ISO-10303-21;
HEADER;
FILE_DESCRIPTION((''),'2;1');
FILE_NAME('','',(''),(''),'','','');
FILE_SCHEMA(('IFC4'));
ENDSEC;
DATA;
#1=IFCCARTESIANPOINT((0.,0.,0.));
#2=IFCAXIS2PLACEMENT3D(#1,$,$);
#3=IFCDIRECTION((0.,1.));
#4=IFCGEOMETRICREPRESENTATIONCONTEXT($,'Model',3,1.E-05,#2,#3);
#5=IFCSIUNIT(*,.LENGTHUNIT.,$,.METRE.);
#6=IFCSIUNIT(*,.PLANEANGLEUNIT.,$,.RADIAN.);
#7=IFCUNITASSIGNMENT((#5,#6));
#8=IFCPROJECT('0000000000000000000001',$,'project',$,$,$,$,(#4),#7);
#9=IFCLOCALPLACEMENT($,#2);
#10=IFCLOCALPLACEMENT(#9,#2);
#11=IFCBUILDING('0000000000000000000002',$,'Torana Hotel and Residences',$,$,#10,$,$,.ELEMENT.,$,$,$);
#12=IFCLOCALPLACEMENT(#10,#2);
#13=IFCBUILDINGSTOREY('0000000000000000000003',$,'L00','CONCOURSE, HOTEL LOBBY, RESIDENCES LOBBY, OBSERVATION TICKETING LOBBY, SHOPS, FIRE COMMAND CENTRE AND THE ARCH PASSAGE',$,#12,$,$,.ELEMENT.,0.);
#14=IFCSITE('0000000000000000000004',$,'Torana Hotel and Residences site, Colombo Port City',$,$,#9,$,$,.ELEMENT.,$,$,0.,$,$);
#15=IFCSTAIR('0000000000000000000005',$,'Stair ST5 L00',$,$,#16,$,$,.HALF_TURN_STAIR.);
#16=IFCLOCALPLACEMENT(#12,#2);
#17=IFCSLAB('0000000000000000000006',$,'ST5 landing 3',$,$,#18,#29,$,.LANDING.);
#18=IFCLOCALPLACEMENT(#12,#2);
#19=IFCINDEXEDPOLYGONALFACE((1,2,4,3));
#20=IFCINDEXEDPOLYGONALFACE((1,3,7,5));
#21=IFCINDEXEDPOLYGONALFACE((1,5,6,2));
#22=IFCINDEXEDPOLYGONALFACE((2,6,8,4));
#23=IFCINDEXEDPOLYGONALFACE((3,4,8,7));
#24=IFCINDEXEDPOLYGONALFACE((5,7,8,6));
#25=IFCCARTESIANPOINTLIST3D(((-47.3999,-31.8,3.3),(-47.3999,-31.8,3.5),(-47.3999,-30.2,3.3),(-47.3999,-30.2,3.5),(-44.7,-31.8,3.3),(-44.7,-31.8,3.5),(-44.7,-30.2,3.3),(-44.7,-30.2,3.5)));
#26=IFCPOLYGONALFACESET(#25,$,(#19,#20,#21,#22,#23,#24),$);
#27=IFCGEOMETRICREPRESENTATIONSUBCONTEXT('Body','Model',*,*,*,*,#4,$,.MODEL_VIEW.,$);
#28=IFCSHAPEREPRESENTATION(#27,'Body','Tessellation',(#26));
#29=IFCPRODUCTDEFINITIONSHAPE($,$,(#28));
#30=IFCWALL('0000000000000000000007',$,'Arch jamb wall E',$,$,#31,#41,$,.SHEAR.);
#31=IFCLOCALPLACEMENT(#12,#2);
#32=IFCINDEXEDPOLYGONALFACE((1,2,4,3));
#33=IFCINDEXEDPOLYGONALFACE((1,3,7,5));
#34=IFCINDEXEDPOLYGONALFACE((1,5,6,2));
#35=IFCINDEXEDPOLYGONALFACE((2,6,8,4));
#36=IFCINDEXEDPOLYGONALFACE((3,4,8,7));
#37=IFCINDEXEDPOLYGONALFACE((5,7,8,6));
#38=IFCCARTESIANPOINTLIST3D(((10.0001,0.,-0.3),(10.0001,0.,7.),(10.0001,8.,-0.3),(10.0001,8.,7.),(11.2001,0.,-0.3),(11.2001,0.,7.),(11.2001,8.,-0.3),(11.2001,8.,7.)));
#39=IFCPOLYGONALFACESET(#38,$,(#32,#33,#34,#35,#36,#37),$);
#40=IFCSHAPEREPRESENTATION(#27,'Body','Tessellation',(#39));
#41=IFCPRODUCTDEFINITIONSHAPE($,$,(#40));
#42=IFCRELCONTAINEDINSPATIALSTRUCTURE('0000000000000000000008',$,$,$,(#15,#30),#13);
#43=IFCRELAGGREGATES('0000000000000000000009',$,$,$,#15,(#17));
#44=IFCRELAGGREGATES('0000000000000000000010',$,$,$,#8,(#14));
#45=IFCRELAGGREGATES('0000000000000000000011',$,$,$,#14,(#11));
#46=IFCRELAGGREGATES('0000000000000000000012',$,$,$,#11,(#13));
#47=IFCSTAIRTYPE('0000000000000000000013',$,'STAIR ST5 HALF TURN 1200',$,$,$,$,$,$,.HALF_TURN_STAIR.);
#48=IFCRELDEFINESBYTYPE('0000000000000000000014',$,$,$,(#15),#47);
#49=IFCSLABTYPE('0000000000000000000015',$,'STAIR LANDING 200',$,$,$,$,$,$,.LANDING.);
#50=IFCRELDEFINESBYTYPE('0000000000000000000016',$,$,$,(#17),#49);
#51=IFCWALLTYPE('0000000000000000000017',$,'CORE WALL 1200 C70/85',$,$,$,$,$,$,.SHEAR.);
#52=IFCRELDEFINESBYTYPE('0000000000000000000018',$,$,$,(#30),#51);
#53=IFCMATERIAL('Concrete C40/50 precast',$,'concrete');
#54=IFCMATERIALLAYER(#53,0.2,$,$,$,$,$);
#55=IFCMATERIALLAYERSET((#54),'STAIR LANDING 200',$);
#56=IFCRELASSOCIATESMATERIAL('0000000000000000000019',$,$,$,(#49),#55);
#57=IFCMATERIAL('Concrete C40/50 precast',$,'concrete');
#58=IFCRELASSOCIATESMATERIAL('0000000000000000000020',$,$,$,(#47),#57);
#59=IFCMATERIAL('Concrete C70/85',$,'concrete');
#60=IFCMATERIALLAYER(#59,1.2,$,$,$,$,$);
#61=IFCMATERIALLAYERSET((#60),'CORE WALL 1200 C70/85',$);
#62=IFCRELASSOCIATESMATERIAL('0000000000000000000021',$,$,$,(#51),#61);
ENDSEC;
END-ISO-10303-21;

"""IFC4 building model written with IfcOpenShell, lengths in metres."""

from ifc_helpers import new_model, si_unit, direction, frame, frame_2d, origin, place, context, subcontext, project, spatial, polyline, rectangle, outline, extrude, material, layer, layer_set, type_object, element, aggregate, save


model = new_model("IFC4")

# Units and contexts
model_context = context("Model", 3, precision=1e-05, world=origin(), true_north=direction((0.0, 1.0)))
body_context = subcontext(model_context, "Body", "Model", "MODEL_VIEW")
ifc_project = project(units=[si_unit("LENGTHUNIT", "METRE"), si_unit("PLANEANGLEUNIT", "RADIAN")], contexts=[model_context])

# Site, building, storey
site_placement = place(None, origin())
site = spatial("IfcSite", under=ifc_project, at=site_placement, Name="Torana Hotel and Residences site, Colombo Port City", CompositionType="ELEMENT", RefElevation=0.0)
building_placement = place(site_placement, origin())
building = spatial("IfcBuilding", under=site, at=building_placement, Name="Torana Hotel and Residences", CompositionType="ELEMENT")
storey_placement = place(building_placement, origin())
storey = spatial("IfcBuildingStorey", under=building, at=storey_placement, Name="L00", Description="CONCOURSE, HOTEL LOBBY, RESIDENCES LOBBY, OBSERVATION TICKETING LOBBY, SHOPS, FIRE COMMAND CENTRE AND THE ARCH PASSAGE", CompositionType="ELEMENT", Elevation=0.0)

# Stair, slab
ifc_material_1 = material(Name="Concrete C40/50 precast", Category="concrete")
ifc_layer_1 = layer(ifc_material_1, 0.2)
ifc_layer_set_1 = layer_set([ifc_layer_1], Name="STAIR LANDING 200")
slab_type_1 = type_object("IfcSlabType", Name="STAIR LANDING 200", PredefinedType="LANDING", material=ifc_layer_set_1)
ifc_material_2 = material(Name="Concrete C40/50 precast", Category="concrete")
stair_type_1 = type_object("IfcStairType", Name="STAIR ST5 HALF TURN 1200", PredefinedType="HALF_TURN_STAIR", material=ifc_material_2)
stair_1_placement = place(storey_placement, origin())
stair_1 = element("IfcStair", 1, at=stair_1_placement, inside=storey, type_object=stair_type_1, Name="Stair ST5 L00", PredefinedType="HALF_TURN_STAIR")
slab_1_placement = place(storey_placement, frame((0.0, 0.0, 3.3)))
slab_1 = element("IfcSlab", 2, at=slab_1_placement, type_object=slab_type_1, Name="ST5 landing 3", PredefinedType="LANDING", context=body_context, shape_type="SweptSolid", body=[
    extrude(outline(polyline([(-47.3999, -31.8), (-44.7, -31.8), (-44.7, -30.2), (-47.3999, -30.2), (-47.3999, -31.8)])), origin(), (0.0, 0.0, 1.0), 0.2),
])
aggregate(stair_1, [slab_1])

# Wall
ifc_material_3 = material(Name="Concrete C70/85", Category="concrete")
ifc_layer_2 = layer(ifc_material_3, 1.2)
ifc_layer_set_2 = layer_set([ifc_layer_2], Name="CORE WALL 1200 C70/85")
wall_type = type_object("IfcWallType", Name="CORE WALL 1200 C70/85", PredefinedType="SHEAR", material=ifc_layer_set_2)
wall_placement = place(storey_placement, frame((10.6001, 0.0, -0.3), z_axis=(0.0, 0.0, 1.0), x_axis=(0.0, 1.0, 0.0)))
element("IfcWall", 3, at=wall_placement, inside=storey, type_object=wall_type, Name="Arch jamb wall E", PredefinedType="SHEAR", context=body_context, shape_type="SweptSolid", body=[
    extrude(rectangle(XDim=8.0, YDim=1.2, at=frame_2d((4.0, 0.0))), origin(), (0.0, 0.0, 1.0), 7.3),
])

save(model, "model.ifc")
